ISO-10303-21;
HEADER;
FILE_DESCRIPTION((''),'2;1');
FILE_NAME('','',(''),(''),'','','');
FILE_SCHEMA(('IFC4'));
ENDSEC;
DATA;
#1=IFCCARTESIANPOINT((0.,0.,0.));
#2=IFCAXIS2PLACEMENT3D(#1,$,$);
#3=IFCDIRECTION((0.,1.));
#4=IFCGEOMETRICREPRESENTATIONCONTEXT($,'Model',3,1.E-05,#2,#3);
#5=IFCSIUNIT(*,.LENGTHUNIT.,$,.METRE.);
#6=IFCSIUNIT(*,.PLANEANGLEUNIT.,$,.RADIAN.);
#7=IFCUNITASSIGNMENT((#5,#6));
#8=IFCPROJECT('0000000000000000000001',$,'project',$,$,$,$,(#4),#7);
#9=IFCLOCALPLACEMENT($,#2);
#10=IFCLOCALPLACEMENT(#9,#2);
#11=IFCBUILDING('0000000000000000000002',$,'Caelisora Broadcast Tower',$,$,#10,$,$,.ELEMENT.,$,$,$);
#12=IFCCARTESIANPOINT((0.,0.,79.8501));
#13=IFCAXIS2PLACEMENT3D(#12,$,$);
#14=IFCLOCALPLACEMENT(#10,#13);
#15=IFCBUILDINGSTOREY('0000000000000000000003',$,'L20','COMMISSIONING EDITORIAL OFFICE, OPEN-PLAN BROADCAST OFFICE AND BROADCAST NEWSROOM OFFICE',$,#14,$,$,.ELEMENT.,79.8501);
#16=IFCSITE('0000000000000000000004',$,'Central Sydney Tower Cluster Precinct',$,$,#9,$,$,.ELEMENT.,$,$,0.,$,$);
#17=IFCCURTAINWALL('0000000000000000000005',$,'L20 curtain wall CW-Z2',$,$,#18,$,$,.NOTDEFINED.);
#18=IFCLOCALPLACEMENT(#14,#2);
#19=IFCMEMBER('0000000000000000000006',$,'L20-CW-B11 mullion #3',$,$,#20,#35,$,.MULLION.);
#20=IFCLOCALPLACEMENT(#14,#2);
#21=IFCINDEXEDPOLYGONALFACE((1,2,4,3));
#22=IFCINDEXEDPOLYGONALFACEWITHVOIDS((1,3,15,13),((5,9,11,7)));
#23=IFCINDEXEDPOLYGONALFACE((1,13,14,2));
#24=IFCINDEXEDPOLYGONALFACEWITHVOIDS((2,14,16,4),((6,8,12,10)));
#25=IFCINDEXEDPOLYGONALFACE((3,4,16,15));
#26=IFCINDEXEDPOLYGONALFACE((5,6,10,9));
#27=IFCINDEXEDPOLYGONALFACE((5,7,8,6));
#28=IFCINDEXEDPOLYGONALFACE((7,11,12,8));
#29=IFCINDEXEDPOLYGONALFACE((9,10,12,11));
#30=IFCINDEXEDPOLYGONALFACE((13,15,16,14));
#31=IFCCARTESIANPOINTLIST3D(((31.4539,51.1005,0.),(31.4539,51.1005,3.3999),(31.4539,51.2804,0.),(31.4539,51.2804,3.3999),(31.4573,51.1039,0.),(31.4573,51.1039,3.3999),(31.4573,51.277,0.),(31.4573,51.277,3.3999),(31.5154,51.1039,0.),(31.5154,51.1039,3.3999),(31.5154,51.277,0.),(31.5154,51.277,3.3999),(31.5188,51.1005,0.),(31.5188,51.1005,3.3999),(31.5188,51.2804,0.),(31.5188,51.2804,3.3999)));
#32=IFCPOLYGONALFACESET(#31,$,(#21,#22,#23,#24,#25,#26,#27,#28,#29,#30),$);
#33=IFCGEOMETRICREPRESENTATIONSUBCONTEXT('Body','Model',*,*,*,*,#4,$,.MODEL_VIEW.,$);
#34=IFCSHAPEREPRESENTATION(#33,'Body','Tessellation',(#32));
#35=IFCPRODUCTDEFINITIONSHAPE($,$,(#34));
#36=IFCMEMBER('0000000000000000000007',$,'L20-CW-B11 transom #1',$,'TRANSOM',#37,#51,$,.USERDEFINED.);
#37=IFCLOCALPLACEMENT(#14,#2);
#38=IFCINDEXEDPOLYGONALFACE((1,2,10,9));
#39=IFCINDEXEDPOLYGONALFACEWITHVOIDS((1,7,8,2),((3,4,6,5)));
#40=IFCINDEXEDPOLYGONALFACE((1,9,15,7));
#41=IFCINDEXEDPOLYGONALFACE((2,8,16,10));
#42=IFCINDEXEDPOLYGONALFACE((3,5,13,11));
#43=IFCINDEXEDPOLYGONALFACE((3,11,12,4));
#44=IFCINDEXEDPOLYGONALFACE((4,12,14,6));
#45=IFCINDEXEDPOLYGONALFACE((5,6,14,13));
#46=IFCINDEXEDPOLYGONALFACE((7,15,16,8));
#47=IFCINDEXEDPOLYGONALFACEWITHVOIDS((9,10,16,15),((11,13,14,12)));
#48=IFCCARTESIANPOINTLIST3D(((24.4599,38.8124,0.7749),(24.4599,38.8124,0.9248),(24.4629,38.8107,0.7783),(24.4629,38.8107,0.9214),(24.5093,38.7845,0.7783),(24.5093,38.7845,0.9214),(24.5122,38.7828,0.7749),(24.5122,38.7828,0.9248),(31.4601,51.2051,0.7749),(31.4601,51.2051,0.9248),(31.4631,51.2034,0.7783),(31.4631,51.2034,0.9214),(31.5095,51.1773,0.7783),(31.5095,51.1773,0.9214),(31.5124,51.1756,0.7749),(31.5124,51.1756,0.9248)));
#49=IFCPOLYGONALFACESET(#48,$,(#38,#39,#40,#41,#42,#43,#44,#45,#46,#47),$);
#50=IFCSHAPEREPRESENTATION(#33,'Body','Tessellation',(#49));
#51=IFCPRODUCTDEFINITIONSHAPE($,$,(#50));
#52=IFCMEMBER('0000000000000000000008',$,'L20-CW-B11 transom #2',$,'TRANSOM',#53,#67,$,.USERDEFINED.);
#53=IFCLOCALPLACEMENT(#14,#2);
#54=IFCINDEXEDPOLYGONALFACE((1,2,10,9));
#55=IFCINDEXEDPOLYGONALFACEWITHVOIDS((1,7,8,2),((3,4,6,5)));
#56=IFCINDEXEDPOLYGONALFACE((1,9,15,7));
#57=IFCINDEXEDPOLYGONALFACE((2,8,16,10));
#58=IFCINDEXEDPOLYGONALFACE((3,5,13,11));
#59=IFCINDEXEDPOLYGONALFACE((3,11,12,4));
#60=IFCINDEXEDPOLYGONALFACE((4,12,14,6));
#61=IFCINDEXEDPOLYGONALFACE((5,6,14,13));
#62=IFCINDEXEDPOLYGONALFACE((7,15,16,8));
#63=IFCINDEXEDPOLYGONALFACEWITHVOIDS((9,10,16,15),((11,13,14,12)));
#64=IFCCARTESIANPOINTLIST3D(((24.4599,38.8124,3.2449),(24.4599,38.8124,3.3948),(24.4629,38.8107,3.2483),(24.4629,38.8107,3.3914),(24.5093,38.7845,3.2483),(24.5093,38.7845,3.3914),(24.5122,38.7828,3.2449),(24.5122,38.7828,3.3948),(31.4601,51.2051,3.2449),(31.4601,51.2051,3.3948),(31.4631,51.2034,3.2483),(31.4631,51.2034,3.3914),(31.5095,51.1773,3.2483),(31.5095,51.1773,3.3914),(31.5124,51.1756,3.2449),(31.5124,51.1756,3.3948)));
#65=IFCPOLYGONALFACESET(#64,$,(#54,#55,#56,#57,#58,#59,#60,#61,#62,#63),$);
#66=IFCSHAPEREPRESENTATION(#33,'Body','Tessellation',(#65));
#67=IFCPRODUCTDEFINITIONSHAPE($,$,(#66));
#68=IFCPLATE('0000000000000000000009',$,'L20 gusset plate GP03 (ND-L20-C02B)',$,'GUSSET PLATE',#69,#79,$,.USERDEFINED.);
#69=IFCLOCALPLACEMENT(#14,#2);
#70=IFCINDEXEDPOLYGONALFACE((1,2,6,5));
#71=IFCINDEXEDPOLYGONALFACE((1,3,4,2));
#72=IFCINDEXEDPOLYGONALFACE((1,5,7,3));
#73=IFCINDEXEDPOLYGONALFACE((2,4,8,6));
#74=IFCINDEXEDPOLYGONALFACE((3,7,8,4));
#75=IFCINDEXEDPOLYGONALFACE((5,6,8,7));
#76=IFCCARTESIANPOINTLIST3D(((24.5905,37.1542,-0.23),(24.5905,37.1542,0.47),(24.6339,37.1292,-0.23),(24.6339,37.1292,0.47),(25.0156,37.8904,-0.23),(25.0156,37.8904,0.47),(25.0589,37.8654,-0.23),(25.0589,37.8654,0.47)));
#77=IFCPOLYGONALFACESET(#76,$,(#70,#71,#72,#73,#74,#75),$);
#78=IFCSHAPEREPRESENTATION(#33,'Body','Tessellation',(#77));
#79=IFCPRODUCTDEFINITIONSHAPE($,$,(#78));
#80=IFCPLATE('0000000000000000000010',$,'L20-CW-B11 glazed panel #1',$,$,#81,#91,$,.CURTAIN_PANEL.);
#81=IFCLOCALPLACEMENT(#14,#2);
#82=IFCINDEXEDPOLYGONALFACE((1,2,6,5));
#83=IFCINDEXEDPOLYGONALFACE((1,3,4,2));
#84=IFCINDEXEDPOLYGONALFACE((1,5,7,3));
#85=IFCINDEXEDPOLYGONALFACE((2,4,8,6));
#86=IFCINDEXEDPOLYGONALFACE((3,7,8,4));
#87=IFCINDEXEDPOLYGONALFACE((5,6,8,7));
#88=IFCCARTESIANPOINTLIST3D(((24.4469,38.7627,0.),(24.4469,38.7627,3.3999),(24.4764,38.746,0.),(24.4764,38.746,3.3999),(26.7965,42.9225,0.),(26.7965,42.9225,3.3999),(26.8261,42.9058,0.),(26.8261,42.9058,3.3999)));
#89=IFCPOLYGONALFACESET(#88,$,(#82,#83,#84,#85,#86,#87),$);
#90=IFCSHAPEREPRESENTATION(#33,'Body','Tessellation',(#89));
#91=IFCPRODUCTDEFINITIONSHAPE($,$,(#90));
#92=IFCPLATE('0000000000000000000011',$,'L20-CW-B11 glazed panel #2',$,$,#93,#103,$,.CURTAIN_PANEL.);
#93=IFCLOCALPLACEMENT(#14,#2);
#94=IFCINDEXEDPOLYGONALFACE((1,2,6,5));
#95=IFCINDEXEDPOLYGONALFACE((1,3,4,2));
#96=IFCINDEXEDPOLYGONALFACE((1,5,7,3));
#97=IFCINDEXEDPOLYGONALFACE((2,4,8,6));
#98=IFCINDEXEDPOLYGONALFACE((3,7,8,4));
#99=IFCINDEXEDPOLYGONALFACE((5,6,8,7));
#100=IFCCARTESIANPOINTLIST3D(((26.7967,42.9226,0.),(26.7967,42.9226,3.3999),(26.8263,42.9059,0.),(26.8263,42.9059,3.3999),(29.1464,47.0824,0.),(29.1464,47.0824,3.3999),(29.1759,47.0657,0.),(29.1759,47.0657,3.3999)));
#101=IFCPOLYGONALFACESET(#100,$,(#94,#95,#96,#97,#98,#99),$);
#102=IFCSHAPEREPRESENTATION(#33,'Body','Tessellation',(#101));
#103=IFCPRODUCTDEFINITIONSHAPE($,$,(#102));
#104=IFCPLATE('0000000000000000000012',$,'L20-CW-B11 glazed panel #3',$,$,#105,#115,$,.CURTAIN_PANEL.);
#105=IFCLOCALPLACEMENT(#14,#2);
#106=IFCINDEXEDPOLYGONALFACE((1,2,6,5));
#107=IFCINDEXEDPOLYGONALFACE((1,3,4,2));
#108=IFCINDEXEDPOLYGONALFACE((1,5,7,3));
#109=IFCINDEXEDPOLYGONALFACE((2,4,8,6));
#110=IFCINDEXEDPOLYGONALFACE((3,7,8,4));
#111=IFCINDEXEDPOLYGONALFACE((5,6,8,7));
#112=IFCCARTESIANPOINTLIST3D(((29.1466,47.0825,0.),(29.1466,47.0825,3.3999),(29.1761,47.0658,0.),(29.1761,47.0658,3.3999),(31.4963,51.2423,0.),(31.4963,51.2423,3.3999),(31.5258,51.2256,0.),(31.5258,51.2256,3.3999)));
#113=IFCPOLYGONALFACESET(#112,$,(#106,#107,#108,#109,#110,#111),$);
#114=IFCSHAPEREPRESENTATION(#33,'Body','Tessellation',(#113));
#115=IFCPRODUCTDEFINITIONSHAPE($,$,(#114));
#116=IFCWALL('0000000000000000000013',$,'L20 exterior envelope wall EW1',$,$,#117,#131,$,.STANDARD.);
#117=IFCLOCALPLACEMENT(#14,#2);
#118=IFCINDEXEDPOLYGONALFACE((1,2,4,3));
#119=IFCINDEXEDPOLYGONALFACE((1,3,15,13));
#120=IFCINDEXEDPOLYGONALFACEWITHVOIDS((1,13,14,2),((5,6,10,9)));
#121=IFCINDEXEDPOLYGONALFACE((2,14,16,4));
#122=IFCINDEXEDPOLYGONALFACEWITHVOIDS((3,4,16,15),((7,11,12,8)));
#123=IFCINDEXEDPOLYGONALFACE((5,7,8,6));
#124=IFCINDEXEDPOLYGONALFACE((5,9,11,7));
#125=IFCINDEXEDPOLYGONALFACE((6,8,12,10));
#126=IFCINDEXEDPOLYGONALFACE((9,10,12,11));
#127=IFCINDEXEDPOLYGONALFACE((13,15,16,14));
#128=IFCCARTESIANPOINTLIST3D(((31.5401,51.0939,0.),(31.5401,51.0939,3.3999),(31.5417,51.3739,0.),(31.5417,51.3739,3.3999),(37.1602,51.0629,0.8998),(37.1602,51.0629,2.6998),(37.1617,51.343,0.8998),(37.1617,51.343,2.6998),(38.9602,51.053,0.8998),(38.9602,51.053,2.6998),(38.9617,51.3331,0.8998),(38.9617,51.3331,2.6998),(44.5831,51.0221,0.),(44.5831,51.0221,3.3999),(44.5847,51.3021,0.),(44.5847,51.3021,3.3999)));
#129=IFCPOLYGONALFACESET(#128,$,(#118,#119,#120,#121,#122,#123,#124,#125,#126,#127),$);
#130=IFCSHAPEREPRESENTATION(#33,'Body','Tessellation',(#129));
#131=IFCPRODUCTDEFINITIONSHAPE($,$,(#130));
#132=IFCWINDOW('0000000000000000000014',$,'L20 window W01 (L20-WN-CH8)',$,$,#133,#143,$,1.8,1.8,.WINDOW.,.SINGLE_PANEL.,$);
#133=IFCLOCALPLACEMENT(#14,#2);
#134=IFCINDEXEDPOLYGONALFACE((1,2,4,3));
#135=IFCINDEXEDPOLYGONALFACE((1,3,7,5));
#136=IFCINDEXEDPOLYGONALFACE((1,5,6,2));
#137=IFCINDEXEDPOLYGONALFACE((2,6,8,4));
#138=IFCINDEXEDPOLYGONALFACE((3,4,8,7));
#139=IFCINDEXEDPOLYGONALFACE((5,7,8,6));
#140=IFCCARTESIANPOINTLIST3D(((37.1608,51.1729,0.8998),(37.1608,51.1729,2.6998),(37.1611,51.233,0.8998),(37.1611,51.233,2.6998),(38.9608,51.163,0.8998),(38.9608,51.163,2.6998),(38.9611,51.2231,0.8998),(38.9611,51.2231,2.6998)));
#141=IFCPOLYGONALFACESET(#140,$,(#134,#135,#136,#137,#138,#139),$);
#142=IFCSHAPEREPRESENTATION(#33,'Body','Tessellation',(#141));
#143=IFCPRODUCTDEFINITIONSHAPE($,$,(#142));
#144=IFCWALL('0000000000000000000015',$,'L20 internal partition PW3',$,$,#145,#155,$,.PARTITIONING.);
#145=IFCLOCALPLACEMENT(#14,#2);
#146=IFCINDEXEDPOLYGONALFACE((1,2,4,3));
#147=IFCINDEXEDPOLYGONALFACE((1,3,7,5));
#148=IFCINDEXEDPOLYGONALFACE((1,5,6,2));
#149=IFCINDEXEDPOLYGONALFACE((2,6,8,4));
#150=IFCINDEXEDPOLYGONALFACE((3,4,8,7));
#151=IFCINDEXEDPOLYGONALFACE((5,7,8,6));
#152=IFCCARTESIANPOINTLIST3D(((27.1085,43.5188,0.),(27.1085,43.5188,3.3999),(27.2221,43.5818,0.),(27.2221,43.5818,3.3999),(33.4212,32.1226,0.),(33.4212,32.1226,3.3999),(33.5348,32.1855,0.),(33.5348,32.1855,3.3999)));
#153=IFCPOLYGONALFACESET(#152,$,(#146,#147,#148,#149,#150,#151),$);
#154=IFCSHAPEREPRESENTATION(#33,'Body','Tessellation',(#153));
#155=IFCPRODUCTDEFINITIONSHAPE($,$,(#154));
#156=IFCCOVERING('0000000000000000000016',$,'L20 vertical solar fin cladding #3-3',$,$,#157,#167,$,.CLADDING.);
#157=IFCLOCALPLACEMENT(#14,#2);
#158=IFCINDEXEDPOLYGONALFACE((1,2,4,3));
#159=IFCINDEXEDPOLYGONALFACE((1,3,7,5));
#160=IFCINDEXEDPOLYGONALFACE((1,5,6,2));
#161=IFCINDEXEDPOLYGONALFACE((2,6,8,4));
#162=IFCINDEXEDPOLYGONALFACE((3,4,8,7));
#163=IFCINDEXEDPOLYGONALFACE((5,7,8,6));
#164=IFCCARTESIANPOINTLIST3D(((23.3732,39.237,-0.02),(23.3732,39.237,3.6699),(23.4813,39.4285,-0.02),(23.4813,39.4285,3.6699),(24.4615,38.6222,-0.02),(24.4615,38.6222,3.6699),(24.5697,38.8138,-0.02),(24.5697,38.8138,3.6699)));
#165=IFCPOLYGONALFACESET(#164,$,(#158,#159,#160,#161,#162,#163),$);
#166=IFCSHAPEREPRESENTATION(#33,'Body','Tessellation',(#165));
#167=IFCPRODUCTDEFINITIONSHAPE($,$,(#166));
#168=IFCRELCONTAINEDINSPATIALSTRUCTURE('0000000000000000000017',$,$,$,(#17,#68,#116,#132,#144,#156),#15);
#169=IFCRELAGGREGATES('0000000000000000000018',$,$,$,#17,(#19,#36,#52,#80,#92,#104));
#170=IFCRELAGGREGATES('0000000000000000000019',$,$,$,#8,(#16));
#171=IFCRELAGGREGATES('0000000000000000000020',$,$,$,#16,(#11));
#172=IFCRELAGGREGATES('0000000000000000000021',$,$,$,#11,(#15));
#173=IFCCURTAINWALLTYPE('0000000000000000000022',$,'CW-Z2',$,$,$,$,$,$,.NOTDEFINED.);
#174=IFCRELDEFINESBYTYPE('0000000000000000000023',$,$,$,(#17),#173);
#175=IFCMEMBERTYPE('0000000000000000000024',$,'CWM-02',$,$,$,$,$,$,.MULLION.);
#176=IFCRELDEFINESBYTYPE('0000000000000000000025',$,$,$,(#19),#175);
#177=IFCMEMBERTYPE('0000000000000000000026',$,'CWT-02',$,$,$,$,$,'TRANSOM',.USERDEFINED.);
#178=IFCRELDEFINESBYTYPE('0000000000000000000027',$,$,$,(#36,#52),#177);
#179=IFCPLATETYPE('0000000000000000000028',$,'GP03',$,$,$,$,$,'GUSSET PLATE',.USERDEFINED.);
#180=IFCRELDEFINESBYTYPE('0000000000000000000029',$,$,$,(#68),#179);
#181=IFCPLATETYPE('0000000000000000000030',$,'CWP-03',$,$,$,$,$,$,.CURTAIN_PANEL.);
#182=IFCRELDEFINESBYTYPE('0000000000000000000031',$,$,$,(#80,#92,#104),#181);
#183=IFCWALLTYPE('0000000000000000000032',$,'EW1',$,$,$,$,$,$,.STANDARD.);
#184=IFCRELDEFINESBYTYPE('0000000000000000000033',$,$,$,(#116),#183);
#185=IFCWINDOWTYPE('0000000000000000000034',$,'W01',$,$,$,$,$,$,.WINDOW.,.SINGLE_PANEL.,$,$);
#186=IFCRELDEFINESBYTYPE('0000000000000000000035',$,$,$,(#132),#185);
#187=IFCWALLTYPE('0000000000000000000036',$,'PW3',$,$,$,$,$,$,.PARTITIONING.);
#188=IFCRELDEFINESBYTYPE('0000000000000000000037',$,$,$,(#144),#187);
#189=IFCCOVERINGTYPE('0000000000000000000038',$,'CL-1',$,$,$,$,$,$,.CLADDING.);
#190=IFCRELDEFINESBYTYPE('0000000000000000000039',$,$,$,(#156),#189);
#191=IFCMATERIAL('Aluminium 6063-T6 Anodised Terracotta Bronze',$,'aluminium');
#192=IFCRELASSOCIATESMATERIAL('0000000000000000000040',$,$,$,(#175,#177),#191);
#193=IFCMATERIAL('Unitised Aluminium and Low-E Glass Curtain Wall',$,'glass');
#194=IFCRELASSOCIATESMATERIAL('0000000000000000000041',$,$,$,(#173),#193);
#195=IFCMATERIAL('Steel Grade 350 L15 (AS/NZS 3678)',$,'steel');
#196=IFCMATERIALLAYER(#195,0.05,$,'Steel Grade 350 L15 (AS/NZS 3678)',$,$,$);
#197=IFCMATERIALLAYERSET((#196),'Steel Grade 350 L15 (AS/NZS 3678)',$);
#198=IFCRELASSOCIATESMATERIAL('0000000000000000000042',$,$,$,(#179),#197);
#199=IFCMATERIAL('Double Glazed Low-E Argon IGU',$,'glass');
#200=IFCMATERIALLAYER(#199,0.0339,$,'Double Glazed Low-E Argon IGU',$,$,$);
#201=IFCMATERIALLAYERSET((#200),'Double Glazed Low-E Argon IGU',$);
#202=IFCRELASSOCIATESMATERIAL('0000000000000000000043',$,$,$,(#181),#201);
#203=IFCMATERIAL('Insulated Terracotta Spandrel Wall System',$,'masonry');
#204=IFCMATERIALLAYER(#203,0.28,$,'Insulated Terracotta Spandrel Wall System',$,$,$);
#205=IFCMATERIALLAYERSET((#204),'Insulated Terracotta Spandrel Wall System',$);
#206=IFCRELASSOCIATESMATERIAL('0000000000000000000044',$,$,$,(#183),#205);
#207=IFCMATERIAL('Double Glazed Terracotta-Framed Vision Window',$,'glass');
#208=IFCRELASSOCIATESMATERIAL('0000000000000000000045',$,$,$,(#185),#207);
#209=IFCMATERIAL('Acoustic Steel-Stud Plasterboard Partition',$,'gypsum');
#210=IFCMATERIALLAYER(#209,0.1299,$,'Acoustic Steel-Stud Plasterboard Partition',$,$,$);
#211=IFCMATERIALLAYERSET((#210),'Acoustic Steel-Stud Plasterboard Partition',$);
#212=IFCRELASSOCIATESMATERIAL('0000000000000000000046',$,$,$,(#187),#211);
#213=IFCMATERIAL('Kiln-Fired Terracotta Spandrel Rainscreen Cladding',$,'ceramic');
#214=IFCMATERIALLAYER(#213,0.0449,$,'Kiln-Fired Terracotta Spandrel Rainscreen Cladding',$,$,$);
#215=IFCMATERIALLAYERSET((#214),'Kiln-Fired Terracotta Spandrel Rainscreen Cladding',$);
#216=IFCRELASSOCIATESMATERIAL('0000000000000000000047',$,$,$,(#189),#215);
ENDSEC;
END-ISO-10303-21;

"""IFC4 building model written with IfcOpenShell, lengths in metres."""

from ifc_helpers import new_model, si_unit, direction, frame, frame_2d, origin, origin_2d, place, context, subcontext, project, spatial, rectangle, hollow_rectangle, extrude, source, transform, mapped, material, layer, layer_set, material_profile, profile_set, type_object, type_shapes, element, fill, aggregate, save


model = new_model("IFC4")

# Units and contexts
model_context = context("Model", 3, precision=1e-05, world=origin(), true_north=direction((0.0, 1.0)))
body_context = subcontext(model_context, "Body", "Model", "MODEL_VIEW")
ifc_project = project(units=[si_unit("LENGTHUNIT", "METRE"), si_unit("PLANEANGLEUNIT", "RADIAN")], contexts=[model_context])

# Site, building, storey
site_placement = place(None, origin())
site = spatial("IfcSite", under=ifc_project, at=site_placement, Name="Central Sydney Tower Cluster Precinct", CompositionType="ELEMENT", RefElevation=0.0)
building_placement = place(site_placement, origin())
building = spatial("IfcBuilding", under=site, at=building_placement, Name="Caelisora Broadcast Tower", CompositionType="ELEMENT")
storey_placement = place(building_placement, frame((0.0, 0.0, 79.8501)))
storey = spatial("IfcBuildingStorey", under=building, at=storey_placement, Name="L20", Description="COMMISSIONING EDITORIAL OFFICE, OPEN-PLAN BROADCAST OFFICE AND BROADCAST NEWSROOM OFFICE", CompositionType="ELEMENT", Elevation=79.8501)

# Shared definitions
ifc_material_1 = material(Name="Steel Grade 350 L15 (AS/NZS 3678)", Category="steel")

# Shared definitions
ifc_material_2 = material(Name="Aluminium 6063-T6 Anodised Terracotta Bronze", Category="aluminium")
ifc_material_profile_1 = material_profile(ifc_material_2, hollow_rectangle(XDim=0.0649, YDim=0.1799, WallThickness=0.0034, at=origin_2d()), Name="Aluminium 6063-T6 Anodised Terracotta Bronze")
ifc_profile_set_1 = profile_set([ifc_material_profile_1], Name="Aluminium 6063-T6 Anodised Terracotta Bronze")
member_type_1 = type_object("IfcMemberType", Name="CWM-02", PredefinedType="MULLION", material=ifc_profile_set_1)
shared_shape_1 = source(origin(), body_context, "Body", "SweptSolid", [
    extrude(hollow_rectangle(XDim=0.0649, YDim=0.1799, WallThickness=0.0034, at=origin_2d()), origin(), (0.0, 0.0, 1.0), 3.3999),
])
type_shapes(member_type_1, [shared_shape_1])

# Curtain wall, members
ifc_material_3 = material(Name="Unitised Aluminium and Low-E Glass Curtain Wall", Category="glass")
curtain_wall_type_1 = type_object("IfcCurtainWallType", Name="CW-Z2", PredefinedType="NOTDEFINED", material=ifc_material_3)
curtain_wall_1_placement = place(storey_placement, origin())
curtain_wall_1 = element("IfcCurtainWall", 1, at=curtain_wall_1_placement, inside=storey, type_object=curtain_wall_type_1, Name="L20 curtain wall CW-Z2", PredefinedType="NOTDEFINED")
member_1_placement = place(storey_placement, frame((31.4863, 51.1904, 0.0), z_axis=(0.0, 0.0, 1.0), x_axis=(1.0, 0.0, 0.0)))
member_1 = element("IfcMember", 2, at=member_1_placement, type_object=member_type_1, Name="L20-CW-B11 mullion #3", PredefinedType="MULLION", context=body_context, shape_type="MappedRepresentation", body=[
    mapped(shared_shape_1, transform((0.0, 0.0, 0.0), scale=1.0)),
])
ifc_material_profile_2 = material_profile(ifc_material_2, hollow_rectangle(XDim=0.0601, YDim=0.1499, WallThickness=0.0034, at=origin_2d()), Name="Aluminium 6063-T6 Anodised Terracotta Bronze")
ifc_profile_set_2 = profile_set([ifc_material_profile_2], Name="Aluminium 6063-T6 Anodised Terracotta Bronze")
member_type_2 = type_object("IfcMemberType", Name="CWT-02", ElementType="TRANSOM", PredefinedType="USERDEFINED", material=ifc_profile_set_2)
shared_shape_2 = source(origin(), body_context, "Body", "SweptSolid", [
    extrude(hollow_rectangle(XDim=0.0601, YDim=0.1499, WallThickness=0.0034, at=origin_2d()), origin(), (0.0, 0.0, 1.0), 14.2332),
])
type_shapes(member_type_2, [shared_shape_2])
member_2_placement = place(storey_placement, frame((24.4861, 38.7976, 0.8499), z_axis=(0.491823, 0.870695, 0.0), x_axis=(-0.870695, 0.491823, 0.0)))
member_2 = element("IfcMember", 3, at=member_2_placement, type_object=member_type_2, Name="L20-CW-B11 transom #1", ObjectType="TRANSOM", PredefinedType="USERDEFINED", context=body_context, shape_type="MappedRepresentation", body=[
    mapped(shared_shape_2, transform((0.0, 0.0, 0.0), scale=1.0)),
])
member_3_placement = place(storey_placement, frame((24.4861, 38.7976, 3.3198), z_axis=(0.491823, 0.870695, 0.0), x_axis=(-0.870695, 0.491823, 0.0)))
member_3 = element("IfcMember", 4, at=member_3_placement, type_object=member_type_2, Name="L20-CW-B11 transom #2", ObjectType="TRANSOM", PredefinedType="USERDEFINED", context=body_context, shape_type="MappedRepresentation", body=[
    mapped(shared_shape_2, transform((0.0, 0.0, 0.0), scale=1.0)),
])

# Plates
ifc_layer_1 = layer(ifc_material_1, 0.05, Name="Steel Grade 350 L15 (AS/NZS 3678)")
ifc_layer_set_1 = layer_set([ifc_layer_1], Name="Steel Grade 350 L15 (AS/NZS 3678)")
plate_type_1 = type_object("IfcPlateType", Name="GP03", ElementType="GUSSET PLATE", PredefinedType="USERDEFINED", material=ifc_layer_set_1)
shared_shape_3 = source(origin(), body_context, "Body", "SweptSolid", [
    extrude(rectangle(XDim=0.8501, YDim=0.05, at=origin_2d()), origin(), (0.0, 0.0, 1.0), 0.7),
])
type_shapes(plate_type_1, [shared_shape_3])
plate_1_placement = place(storey_placement, frame((24.8247, 37.5098, -0.23), z_axis=(0.0, 0.0, 1.0), x_axis=(-0.5, -0.866025, 0.0)))
element("IfcPlate", 5, at=plate_1_placement, inside=storey, type_object=plate_type_1, Name="L20 gusset plate GP03 (ND-L20-C02B)", ObjectType="GUSSET PLATE", PredefinedType="USERDEFINED", context=body_context, shape_type="MappedRepresentation", body=[
    mapped(shared_shape_3, transform((0.0, 0.0, 0.0), scale=1.0)),
])
ifc_material_4 = material(Name="Double Glazed Low-E Argon IGU", Category="glass")
ifc_layer_2 = layer(ifc_material_4, 0.0339, Name="Double Glazed Low-E Argon IGU")
ifc_layer_set_2 = layer_set([ifc_layer_2], Name="Double Glazed Low-E Argon IGU")
plate_type_2 = type_object("IfcPlateType", Name="CWP-03", PredefinedType="CURTAIN_PANEL", material=ifc_layer_set_2)
shared_shape_4 = source(origin(), body_context, "Body", "SweptSolid", [
    extrude(rectangle(XDim=4.7776, YDim=0.0339, at=origin_2d()), origin(), (0.0, 0.0, 1.0), 3.3999),
])
type_shapes(plate_type_2, [shared_shape_4])
plate_2_placement = place(storey_placement, frame((25.6365, 40.8342, 0.0), z_axis=(0.0, 0.0, 1.0), x_axis=(0.491816, 0.870699, 0.0)))
plate_2 = element("IfcPlate", 6, at=plate_2_placement, type_object=plate_type_2, Name="L20-CW-B11 glazed panel #1", PredefinedType="CURTAIN_PANEL", context=body_context, shape_type="MappedRepresentation", body=[
    mapped(shared_shape_4, transform((0.0, 0.0, 0.0), scale=1.0)),
])
plate_3_placement = place(storey_placement, frame((27.9863, 44.9941, 0.0), z_axis=(0.0, 0.0, 1.0), x_axis=(0.491816, 0.870699, 0.0)))
plate_3 = element("IfcPlate", 7, at=plate_3_placement, type_object=plate_type_2, Name="L20-CW-B11 glazed panel #2", PredefinedType="CURTAIN_PANEL", context=body_context, shape_type="MappedRepresentation", body=[
    mapped(shared_shape_4, transform((0.0, 0.0, 0.0), scale=1.0)),
])
plate_4_placement = place(storey_placement, frame((30.3362, 49.1541, 0.0), z_axis=(0.0, 0.0, 1.0), x_axis=(0.491816, 0.870699, 0.0)))
plate_4 = element("IfcPlate", 8, at=plate_4_placement, type_object=plate_type_2, Name="L20-CW-B11 glazed panel #3", PredefinedType="CURTAIN_PANEL", context=body_context, shape_type="MappedRepresentation", body=[
    mapped(shared_shape_4, transform((0.0, 0.0, 0.0), scale=1.0)),
])
aggregate(curtain_wall_1, [member_1, member_2, member_3, plate_2, plate_3, plate_4])

# Wall, opening, window
ifc_material_5 = material(Name="Insulated Terracotta Spandrel Wall System", Category="masonry")
ifc_layer_3 = layer(ifc_material_5, 0.28, Name="Insulated Terracotta Spandrel Wall System")
ifc_layer_set_3 = layer_set([ifc_layer_3], Name="Insulated Terracotta Spandrel Wall System")
wall_type_1 = type_object("IfcWallType", Name="EW1", PredefinedType="STANDARD", material=ifc_layer_set_3)
wall_1_placement = place(storey_placement, frame((31.541, 51.2339, 0.0), z_axis=(0.0, 0.0, 1.0), x_axis=(0.999985, -0.005503, 0.0)))
wall_1 = element("IfcWall", 9, at=wall_1_placement, inside=storey, type_object=wall_type_1, Name="L20 exterior envelope wall EW1", PredefinedType="STANDARD", context=body_context, shape_type="SweptSolid", body=[
    extrude(rectangle(XDim=13.0432, YDim=0.28, at=frame_2d((6.5215, 0.0))), origin(), (0.0, 0.0, 1.0), 3.3999),
])
opening_placement = place(wall_1_placement, frame((5.6201, 0.0, 0.8999)))
opening = element("IfcOpeningElement", 10, at=opening_placement, cuts=wall_1, PredefinedType="OPENING", context=body_context, shape_type="SweptSolid", body=[
    extrude(rectangle(XDim=1.8, YDim=1.8, at=frame_2d((0.8999, 0.8999))), frame((0.0, 0.1521, 0.0), z_axis=(0.0, -1.0, 0.0), x_axis=(1.0, 0.0, 0.0)), (0.0, 0.0, 1.0), 0.304),
])
ifc_material_6 = material(Name="Double Glazed Terracotta-Framed Vision Window", Category="glass")
window_type = type_object("IfcWindowType", Name="W01", PartitioningType="SINGLE_PANEL", PredefinedType="WINDOW", material=ifc_material_6)
window_placement = place(opening_placement, origin())
window = element("IfcWindow", 11, at=window_placement, inside=storey, type_object=window_type, Name="L20 window W01 (L20-WN-CH8)", OverallHeight=1.8, OverallWidth=1.8, PartitioningType="SINGLE_PANEL", PredefinedType="WINDOW", context=body_context, shape_type="SweptSolid", body=[
    extrude(rectangle(XDim=1.8, YDim=1.8, at=frame_2d((0.8999, 0.8999))), frame((0.0, 0.03, 0.0), z_axis=(0.0, -1.0, 0.0), x_axis=(1.0, 0.0, 0.0)), (0.0, 0.0, 1.0), 0.0601),
])
fill(opening, window)

# Wall
ifc_material_7 = material(Name="Acoustic Steel-Stud Plasterboard Partition", Category="gypsum")
ifc_layer_4 = layer(ifc_material_7, 0.1299, Name="Acoustic Steel-Stud Plasterboard Partition")
ifc_layer_set_4 = layer_set([ifc_layer_4], Name="Acoustic Steel-Stud Plasterboard Partition")
wall_type_2 = type_object("IfcWallType", Name="PW3", PredefinedType="PARTITIONING", material=ifc_layer_set_4)
wall_2_placement = place(storey_placement, frame((27.1653, 43.5503, 0.0), z_axis=(0.0, 0.0, 1.0), x_axis=(0.484557, -0.874759, 0.0)))
element("IfcWall", 12, at=wall_2_placement, inside=storey, type_object=wall_type_2, Name="L20 internal partition PW3", PredefinedType="PARTITIONING", context=body_context, shape_type="SweptSolid", body=[
    extrude(rectangle(XDim=13.0278, YDim=0.1299, at=frame_2d((6.5139, 0.0))), origin(), (0.0, 0.0, 1.0), 3.3999),
])

# Covering
ifc_material_8 = material(Name="Kiln-Fired Terracotta Spandrel Rainscreen Cladding", Category="ceramic")
ifc_layer_5 = layer(ifc_material_8, 0.0449, Name="Kiln-Fired Terracotta Spandrel Rainscreen Cladding")
ifc_layer_set_5 = layer_set([ifc_layer_5], Name="Kiln-Fired Terracotta Spandrel Rainscreen Cladding")
covering_type = type_object("IfcCoveringType", Name="CL-1", PredefinedType="CLADDING", material=ifc_layer_set_5)
shared_shape_5 = source(origin(), body_context, "Body", "SweptSolid", [
    extrude(rectangle(XDim=0.22, YDim=1.25, at=origin_2d()), origin(), (0.0, 0.0, 1.0), 3.6899),
])
type_shapes(covering_type, [shared_shape_5])
for number, where, z_axis, x_axis, name in (
    (13, (23.9714, 39.0254, -0.02), (0.0, 0.0, 1.0), (0.491816, 0.870699, 0.0), "L20 vertical solar fin cladding #3-3"),
):
    element("IfcCovering", number, at=place(storey_placement, frame(where, z_axis=z_axis, x_axis=x_axis)), inside=storey, type_object=covering_type, Name=name, PredefinedType="CLADDING", context=body_context, shape_type="MappedRepresentation", body=[
        mapped(shared_shape_5, transform((0.0, 0.0, 0.0), scale=1.0)),
    ])

save(model, "model.ifc")
